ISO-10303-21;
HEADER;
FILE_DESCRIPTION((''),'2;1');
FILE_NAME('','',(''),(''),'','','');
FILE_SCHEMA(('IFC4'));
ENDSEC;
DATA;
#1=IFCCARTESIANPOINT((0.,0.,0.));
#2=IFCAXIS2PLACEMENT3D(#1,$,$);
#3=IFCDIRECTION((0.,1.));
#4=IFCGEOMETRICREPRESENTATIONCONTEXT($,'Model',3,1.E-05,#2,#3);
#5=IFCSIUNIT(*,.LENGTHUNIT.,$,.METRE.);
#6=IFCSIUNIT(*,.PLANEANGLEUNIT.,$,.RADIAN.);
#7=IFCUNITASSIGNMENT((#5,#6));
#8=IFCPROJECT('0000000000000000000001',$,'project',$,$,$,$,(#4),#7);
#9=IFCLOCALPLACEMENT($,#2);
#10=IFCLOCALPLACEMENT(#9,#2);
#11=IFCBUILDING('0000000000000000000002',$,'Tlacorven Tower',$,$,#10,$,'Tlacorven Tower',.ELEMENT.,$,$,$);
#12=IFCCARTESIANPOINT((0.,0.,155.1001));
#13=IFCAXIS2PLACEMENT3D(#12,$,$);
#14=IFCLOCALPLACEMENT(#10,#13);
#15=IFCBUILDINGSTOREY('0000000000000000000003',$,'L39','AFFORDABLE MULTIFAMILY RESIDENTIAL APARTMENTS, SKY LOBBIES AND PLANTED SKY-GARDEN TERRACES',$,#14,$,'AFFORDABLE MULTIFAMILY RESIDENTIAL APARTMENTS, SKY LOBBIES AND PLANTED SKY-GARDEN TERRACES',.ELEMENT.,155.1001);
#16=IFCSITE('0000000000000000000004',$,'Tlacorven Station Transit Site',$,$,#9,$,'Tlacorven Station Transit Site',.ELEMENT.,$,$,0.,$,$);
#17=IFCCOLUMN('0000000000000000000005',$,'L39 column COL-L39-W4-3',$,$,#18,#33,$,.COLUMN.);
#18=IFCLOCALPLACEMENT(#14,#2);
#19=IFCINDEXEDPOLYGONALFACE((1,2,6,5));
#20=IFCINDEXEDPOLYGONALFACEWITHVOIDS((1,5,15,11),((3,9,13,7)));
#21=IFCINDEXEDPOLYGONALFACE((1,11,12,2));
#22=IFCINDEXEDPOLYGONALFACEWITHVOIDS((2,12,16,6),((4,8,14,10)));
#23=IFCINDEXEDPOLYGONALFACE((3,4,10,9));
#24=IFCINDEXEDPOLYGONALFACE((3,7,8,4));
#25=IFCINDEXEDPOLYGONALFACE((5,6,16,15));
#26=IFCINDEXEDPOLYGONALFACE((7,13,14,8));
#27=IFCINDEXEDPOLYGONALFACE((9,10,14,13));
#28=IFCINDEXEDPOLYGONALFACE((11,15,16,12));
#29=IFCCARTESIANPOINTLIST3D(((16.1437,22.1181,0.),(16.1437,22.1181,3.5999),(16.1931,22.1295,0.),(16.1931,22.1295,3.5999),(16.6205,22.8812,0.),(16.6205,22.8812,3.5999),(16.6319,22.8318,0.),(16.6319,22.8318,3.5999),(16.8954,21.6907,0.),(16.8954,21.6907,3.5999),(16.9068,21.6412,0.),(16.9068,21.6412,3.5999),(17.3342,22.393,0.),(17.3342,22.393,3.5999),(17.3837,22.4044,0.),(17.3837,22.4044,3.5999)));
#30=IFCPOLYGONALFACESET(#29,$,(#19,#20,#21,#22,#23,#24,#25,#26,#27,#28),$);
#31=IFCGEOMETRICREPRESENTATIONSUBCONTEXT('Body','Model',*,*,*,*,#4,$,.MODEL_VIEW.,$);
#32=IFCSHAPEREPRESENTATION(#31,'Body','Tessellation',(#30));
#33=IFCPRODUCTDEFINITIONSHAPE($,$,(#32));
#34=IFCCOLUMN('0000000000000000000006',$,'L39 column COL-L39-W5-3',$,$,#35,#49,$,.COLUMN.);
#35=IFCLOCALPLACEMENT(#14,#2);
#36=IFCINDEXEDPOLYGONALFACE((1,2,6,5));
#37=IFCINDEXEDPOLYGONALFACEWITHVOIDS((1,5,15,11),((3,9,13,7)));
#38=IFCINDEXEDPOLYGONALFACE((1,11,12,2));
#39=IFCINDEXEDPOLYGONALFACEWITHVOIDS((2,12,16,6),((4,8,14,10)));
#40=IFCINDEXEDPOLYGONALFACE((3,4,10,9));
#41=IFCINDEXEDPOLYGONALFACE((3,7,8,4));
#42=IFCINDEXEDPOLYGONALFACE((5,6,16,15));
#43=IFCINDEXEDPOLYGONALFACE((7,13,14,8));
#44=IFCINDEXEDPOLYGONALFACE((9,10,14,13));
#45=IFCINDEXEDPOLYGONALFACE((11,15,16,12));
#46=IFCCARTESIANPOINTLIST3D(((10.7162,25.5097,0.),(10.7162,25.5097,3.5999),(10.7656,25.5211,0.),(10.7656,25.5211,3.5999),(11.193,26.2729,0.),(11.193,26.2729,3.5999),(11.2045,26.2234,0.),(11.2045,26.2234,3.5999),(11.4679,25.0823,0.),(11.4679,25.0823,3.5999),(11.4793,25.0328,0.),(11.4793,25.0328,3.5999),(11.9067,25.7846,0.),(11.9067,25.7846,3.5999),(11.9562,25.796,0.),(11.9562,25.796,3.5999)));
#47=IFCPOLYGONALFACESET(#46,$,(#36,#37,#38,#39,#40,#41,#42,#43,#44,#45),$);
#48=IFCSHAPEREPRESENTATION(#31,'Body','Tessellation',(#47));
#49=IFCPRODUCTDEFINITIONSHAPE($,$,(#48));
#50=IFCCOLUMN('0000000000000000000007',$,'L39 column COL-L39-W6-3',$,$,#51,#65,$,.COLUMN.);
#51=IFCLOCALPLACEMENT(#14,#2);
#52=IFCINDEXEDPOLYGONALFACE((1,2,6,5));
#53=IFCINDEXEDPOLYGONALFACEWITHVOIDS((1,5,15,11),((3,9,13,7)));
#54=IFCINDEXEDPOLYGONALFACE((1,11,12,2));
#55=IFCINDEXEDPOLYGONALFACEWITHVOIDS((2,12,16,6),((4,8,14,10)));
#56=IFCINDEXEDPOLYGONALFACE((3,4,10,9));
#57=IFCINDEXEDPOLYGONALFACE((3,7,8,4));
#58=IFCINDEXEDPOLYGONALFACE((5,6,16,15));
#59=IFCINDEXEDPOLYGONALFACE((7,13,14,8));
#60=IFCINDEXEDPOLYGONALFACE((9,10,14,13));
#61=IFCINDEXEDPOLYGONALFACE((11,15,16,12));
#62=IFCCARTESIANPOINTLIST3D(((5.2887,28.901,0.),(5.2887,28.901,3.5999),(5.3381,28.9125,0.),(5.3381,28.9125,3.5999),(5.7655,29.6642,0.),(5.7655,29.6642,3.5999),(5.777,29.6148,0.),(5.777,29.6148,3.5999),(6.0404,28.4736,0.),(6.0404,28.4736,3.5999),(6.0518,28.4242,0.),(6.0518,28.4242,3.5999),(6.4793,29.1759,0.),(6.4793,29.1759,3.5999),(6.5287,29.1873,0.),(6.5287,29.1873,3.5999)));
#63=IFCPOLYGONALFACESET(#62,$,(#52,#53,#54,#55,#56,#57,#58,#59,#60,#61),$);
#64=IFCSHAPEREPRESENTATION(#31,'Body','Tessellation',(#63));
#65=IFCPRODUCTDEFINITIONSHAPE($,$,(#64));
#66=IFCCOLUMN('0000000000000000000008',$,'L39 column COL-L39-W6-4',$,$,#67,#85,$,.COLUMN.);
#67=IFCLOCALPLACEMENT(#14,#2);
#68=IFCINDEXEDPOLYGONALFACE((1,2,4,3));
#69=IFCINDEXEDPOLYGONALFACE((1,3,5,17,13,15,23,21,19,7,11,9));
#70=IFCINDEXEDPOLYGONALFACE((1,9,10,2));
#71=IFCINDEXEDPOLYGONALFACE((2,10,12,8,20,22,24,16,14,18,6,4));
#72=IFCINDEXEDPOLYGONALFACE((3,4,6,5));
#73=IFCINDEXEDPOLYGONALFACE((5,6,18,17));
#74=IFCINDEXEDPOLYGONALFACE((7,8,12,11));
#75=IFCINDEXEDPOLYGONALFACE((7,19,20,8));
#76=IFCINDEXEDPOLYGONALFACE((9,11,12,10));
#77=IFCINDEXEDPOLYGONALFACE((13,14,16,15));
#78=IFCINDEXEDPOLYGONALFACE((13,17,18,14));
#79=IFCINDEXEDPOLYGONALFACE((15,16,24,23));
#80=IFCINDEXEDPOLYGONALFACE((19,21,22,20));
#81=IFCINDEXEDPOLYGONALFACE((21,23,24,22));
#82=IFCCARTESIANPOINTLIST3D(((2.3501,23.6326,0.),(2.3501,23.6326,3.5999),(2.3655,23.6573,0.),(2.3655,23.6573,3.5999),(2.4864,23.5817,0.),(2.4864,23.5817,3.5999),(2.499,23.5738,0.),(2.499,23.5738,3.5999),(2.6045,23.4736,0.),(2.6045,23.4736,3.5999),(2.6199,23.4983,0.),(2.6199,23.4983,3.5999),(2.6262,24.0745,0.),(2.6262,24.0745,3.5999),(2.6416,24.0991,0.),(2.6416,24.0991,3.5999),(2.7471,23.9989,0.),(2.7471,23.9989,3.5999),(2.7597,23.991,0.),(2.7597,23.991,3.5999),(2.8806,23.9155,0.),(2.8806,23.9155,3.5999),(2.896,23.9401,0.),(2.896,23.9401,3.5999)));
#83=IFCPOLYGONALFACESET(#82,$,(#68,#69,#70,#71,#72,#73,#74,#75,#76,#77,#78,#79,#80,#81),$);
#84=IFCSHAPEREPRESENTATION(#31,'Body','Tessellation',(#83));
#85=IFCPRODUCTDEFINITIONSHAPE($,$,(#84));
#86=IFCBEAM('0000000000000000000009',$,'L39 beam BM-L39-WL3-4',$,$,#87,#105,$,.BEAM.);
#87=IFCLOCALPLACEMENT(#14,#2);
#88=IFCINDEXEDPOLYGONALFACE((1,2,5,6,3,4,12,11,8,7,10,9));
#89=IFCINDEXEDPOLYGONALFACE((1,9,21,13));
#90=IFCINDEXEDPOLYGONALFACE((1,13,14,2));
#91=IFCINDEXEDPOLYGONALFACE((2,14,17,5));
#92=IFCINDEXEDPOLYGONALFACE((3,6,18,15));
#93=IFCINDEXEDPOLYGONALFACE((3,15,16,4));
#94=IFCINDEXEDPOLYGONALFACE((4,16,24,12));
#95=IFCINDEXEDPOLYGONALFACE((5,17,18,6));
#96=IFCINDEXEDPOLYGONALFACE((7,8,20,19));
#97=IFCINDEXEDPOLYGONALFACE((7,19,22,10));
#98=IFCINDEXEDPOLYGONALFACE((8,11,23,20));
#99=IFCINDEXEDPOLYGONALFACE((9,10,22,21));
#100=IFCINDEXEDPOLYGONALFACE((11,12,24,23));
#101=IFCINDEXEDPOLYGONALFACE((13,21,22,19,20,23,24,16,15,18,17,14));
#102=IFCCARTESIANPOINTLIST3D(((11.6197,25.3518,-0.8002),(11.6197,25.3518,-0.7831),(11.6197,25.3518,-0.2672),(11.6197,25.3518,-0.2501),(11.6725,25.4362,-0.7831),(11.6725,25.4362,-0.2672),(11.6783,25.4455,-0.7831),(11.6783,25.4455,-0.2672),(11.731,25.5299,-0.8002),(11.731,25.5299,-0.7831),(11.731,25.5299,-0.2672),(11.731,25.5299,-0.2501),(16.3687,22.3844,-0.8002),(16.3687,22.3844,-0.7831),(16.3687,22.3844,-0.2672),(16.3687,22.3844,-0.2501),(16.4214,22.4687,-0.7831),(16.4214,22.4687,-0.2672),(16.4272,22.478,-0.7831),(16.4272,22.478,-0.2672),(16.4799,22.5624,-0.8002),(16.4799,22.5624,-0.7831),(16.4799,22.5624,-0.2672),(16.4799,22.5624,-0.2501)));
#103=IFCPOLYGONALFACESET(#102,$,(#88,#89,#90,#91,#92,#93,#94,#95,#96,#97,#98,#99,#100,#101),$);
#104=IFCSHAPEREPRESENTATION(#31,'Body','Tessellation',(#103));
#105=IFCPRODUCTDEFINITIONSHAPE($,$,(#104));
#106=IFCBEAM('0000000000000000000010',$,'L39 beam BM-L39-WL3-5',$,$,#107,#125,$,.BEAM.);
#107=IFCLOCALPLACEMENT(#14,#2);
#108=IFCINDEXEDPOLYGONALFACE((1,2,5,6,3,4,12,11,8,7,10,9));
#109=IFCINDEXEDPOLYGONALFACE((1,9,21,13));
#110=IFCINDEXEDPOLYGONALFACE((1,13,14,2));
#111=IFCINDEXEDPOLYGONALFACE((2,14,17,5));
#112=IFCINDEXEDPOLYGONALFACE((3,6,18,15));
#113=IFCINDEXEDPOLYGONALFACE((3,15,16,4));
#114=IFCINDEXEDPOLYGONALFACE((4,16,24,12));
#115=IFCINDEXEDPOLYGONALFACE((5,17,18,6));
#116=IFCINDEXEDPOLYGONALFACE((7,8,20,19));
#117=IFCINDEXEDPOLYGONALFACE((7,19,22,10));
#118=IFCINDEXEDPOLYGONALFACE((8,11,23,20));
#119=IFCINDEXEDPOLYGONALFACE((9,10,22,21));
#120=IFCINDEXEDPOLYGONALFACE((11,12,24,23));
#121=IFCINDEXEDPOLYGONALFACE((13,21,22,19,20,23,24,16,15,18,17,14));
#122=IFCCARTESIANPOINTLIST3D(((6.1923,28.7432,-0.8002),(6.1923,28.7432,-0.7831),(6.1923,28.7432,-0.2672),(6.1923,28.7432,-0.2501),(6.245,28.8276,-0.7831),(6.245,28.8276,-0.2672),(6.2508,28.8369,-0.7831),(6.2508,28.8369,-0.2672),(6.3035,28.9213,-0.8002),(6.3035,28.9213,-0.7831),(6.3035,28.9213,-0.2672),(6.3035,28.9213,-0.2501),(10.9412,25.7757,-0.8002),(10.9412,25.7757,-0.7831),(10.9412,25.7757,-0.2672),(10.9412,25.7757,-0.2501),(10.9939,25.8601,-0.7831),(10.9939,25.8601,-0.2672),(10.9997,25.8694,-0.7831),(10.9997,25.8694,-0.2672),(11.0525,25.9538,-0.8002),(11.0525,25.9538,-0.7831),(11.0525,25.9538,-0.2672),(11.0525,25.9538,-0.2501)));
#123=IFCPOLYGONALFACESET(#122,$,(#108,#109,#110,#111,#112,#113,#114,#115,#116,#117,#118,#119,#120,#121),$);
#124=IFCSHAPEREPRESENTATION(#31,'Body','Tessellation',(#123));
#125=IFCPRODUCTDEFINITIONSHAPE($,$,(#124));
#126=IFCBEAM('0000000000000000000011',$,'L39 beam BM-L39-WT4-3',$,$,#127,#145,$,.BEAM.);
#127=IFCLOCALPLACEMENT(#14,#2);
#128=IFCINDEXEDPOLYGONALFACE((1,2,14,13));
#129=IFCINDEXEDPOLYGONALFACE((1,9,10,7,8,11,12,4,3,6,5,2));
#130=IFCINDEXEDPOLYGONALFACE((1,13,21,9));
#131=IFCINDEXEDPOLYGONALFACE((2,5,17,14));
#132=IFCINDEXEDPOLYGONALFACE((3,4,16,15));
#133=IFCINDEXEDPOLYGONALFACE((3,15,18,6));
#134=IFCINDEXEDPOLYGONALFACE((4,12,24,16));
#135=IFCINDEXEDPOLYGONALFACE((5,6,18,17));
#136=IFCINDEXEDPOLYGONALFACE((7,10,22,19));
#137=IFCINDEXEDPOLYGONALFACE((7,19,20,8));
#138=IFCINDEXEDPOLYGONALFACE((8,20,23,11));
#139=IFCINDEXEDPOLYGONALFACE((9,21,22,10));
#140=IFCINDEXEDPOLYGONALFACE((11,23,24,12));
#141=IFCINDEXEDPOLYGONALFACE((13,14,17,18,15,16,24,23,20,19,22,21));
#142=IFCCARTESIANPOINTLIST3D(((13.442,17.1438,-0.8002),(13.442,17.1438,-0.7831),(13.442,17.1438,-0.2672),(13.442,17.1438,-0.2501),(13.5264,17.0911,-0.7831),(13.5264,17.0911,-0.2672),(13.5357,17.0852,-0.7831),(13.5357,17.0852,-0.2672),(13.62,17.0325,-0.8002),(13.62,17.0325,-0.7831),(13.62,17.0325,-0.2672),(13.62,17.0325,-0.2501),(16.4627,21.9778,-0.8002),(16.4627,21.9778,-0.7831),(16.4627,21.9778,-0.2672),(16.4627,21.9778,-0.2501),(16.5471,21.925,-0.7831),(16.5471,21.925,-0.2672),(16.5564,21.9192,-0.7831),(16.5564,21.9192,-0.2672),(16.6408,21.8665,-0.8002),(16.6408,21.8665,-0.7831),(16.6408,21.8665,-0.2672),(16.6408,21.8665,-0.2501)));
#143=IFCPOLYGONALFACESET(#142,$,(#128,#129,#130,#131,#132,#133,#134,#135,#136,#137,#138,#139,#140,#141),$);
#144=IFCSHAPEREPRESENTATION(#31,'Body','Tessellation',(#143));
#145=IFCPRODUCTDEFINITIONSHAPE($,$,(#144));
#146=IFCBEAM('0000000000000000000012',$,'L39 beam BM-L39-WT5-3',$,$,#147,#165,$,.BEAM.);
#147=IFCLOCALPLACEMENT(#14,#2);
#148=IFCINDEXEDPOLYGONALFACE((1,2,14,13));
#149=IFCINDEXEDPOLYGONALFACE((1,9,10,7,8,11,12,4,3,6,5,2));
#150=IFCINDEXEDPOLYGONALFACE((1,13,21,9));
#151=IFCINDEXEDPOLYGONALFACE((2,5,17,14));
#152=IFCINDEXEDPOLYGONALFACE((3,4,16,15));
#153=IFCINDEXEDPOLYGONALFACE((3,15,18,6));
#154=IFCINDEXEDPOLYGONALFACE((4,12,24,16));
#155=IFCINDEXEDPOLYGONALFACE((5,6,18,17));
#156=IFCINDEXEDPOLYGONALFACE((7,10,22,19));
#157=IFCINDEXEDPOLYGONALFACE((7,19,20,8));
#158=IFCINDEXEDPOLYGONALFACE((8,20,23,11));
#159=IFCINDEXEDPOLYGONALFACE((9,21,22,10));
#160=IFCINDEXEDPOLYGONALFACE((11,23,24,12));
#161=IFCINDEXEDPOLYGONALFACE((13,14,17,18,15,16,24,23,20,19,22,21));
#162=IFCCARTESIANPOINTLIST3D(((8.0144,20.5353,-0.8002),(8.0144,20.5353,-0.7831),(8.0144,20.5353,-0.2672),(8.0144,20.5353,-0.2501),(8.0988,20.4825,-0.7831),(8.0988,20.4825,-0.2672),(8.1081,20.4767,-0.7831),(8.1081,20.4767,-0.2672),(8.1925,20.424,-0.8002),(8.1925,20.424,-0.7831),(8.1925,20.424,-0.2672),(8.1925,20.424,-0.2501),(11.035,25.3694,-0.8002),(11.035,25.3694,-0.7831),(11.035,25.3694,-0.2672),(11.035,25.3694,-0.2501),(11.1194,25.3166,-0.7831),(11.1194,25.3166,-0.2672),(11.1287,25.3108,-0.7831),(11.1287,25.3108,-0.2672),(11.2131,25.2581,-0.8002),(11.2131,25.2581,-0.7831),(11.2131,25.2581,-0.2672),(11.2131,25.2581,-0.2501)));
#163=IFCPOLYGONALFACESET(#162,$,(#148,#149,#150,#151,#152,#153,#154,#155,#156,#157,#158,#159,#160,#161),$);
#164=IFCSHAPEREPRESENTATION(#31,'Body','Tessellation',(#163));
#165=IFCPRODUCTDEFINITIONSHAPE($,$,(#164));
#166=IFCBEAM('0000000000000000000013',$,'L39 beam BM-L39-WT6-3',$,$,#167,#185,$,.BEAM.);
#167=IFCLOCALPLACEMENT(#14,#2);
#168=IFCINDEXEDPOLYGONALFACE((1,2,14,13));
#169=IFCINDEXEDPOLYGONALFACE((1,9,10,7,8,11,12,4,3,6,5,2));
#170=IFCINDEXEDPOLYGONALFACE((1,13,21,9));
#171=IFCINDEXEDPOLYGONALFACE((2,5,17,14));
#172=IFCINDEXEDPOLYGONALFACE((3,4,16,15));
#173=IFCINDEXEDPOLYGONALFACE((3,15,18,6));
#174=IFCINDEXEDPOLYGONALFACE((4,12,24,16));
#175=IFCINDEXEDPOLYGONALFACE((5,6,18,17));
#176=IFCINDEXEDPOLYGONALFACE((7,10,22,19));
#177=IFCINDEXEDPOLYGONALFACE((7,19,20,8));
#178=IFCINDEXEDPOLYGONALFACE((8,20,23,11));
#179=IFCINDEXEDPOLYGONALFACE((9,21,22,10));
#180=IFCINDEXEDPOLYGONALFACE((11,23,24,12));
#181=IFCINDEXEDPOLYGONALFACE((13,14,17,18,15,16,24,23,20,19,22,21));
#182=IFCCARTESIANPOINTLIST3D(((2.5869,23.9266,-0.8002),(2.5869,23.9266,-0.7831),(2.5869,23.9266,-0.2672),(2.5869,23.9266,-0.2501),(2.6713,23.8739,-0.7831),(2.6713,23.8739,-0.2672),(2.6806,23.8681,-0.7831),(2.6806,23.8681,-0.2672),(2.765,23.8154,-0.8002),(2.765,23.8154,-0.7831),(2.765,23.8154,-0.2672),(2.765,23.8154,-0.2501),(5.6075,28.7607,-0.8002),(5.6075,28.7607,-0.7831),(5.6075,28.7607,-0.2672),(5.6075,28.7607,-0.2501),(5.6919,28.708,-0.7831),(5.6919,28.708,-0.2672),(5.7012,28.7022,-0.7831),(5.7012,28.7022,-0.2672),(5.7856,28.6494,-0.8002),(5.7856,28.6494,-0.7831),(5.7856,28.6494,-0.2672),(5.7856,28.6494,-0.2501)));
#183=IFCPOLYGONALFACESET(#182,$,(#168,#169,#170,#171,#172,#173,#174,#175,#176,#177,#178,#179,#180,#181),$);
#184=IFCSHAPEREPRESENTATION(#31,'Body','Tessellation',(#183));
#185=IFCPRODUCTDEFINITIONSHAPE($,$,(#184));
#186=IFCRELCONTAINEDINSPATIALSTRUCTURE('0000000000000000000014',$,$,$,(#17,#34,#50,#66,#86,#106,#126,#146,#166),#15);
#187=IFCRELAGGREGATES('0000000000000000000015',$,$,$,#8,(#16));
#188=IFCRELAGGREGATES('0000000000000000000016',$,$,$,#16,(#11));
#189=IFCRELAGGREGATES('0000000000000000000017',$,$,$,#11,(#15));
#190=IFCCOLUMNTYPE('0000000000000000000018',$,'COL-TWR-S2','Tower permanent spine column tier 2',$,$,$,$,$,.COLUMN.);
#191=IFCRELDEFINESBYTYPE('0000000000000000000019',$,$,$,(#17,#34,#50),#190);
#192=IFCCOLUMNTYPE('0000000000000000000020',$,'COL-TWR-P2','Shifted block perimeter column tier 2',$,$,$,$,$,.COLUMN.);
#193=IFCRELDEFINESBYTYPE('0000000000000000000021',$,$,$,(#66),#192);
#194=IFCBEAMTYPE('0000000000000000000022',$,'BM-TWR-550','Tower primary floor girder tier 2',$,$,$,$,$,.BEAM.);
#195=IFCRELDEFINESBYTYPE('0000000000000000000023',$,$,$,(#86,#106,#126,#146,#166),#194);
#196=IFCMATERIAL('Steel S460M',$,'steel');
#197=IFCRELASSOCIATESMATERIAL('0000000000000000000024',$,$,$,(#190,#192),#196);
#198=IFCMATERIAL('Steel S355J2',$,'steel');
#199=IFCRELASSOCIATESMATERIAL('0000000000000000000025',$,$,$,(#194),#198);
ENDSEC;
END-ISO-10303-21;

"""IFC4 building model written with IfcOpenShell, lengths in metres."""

from ifc_helpers import new_model, si_unit, direction, frame, origin, origin_2d, place, context, subcontext, project, spatial, hollow_rectangle, i_section, extrude, source, transform, mapped, material, material_profile, profile_set, type_object, element, save


model = new_model("IFC4")

# Units and contexts
model_context = context("Model", 3, precision=1e-05, world=origin(), true_north=direction((0.0, 1.0)))
body_context = subcontext(model_context, "Body", "Model", "MODEL_VIEW")
ifc_project = project(units=[si_unit("LENGTHUNIT", "METRE"), si_unit("PLANEANGLEUNIT", "RADIAN")], contexts=[model_context])

# Site, building, storey
site_placement = place(None, origin())
site = spatial("IfcSite", under=ifc_project, at=site_placement, Name="Tlacorven Station Transit Site", LongName="Tlacorven Station Transit Site", CompositionType="ELEMENT", RefElevation=0.0)
building_placement = place(site_placement, origin())
building = spatial("IfcBuilding", under=site, at=building_placement, Name="Tlacorven Tower", LongName="Tlacorven Tower", CompositionType="ELEMENT")
storey_placement = place(building_placement, frame((0.0, 0.0, 155.1001)))
storey = spatial("IfcBuildingStorey", under=building, at=storey_placement, Name="L39", Description="AFFORDABLE MULTIFAMILY RESIDENTIAL APARTMENTS, SKY LOBBIES AND PLANTED SKY-GARDEN TERRACES", LongName="AFFORDABLE MULTIFAMILY RESIDENTIAL APARTMENTS, SKY LOBBIES AND PLANTED SKY-GARDEN TERRACES", CompositionType="ELEMENT", Elevation=155.1001)

# Columns
ifc_material_1 = material(Name="Steel S460M", Category="steel")
ifc_material_profile_1 = material_profile(ifc_material_1, hollow_rectangle(XDim=0.8999, YDim=0.8999, WallThickness=0.0359, at=origin_2d()), Name="BOX 900X900X36")
ifc_profile_set_1 = profile_set([ifc_material_profile_1], Name="Steel S460M")
column_type_1 = type_object("IfcColumnType", Name="COL-TWR-S2", Description="Tower permanent spine column tier 2", PredefinedType="COLUMN", material=ifc_profile_set_1)
shared_shape_1 = source(origin(), body_context, "Body", "SweptSolid", [
    extrude(hollow_rectangle(XDim=0.8999, YDim=0.8999, WallThickness=0.0359, at=origin_2d()), origin(), (0.0, 0.0, 1.0), 3.5999),
])
for number, where, z_axis, x_axis, name in (
    (1, (16.7637, 22.2612, 0.0), (0.0, 0.0, 1.0), (-0.848048, 0.529919, 0.0), "L39 column COL-L39-W4-3"),
    (2, (11.3362, 25.6528, 0.0), (0.0, 0.0, 1.0), (-0.848048, 0.529919, 0.0), "L39 column COL-L39-W5-3"),
    (3, (5.9087, 29.0442, 0.0), (0.0, 0.0, 1.0), (-0.848048, 0.529919, 0.0), "L39 column COL-L39-W6-3"),
):
    element("IfcColumn", number, at=place(storey_placement, frame(where, z_axis=z_axis, x_axis=x_axis)), inside=storey, type_object=column_type_1, Name=name, PredefinedType="COLUMN", context=body_context, shape_type="MappedRepresentation", body=[
        mapped(shared_shape_1, transform((0.0, 0.0, 0.0), scale=1.0)),
    ])
ifc_material_profile_2 = material_profile(ifc_material_1, i_section(OverallWidth=0.3, OverallDepth=0.55, WebThickness=0.0149, FlangeThickness=0.0291, at=origin_2d()), Name="HEB 550")
ifc_profile_set_2 = profile_set([ifc_material_profile_2], Name="Steel S460M")
column_type_2 = type_object("IfcColumnType", Name="COL-TWR-P2", Description="Shifted block perimeter column tier 2", PredefinedType="COLUMN", material=ifc_profile_set_2)
shared_shape_2 = source(origin(), body_context, "Body", "SweptSolid", [
    extrude(i_section(OverallWidth=0.3, OverallDepth=0.55, WebThickness=0.0149, FlangeThickness=0.0291, at=origin_2d()), origin(), (0.0, 0.0, 1.0), 3.5999),
])
column_placement = place(storey_placement, frame((2.623, 23.7864, 0.0), z_axis=(0.0, 0.0, 1.0), x_axis=(-0.848048, 0.529919, 0.0)))
element("IfcColumn", 4, at=column_placement, inside=storey, type_object=column_type_2, Name="L39 column COL-L39-W6-4", PredefinedType="COLUMN", context=body_context, shape_type="MappedRepresentation", body=[
    mapped(shared_shape_2, transform((0.0, 0.0, 0.0), scale=1.0)),
])

# Beams
ifc_material_2 = material(Name="Steel S355J2", Category="steel")
ifc_material_profile_3 = material_profile(ifc_material_2, i_section(OverallWidth=0.21, OverallDepth=0.55, WebThickness=0.011, FlangeThickness=0.0171, at=origin_2d()), Name="IPE 550")
ifc_profile_set_3 = profile_set([ifc_material_profile_3], Name="Steel S355J2")
beam_type_1 = type_object("IfcBeamType", Name="BM-TWR-550", Description="Tower primary floor girder tier 2", PredefinedType="BEAM", material=ifc_profile_set_3)
shared_shape_3 = source(origin(), body_context, "Body", "SweptSolid", [
    extrude(i_section(OverallWidth=0.21, OverallDepth=0.55, WebThickness=0.011, FlangeThickness=0.0171, at=origin_2d()), origin(), (0.0, 0.0, 1.0), 5.5999),
])
for number, where, z_axis, x_axis, name in (
    (5, (16.4243, 22.4734, -0.5251), (-0.848047, 0.529921, 0.0), (-0.529921, -0.848047, 0.0), "L39 beam BM-L39-WL3-4"),
    (6, (10.9968, 25.8647, -0.5251), (-0.848047, 0.529921, 0.0), (-0.529921, -0.848047, 0.0), "L39 beam BM-L39-WL3-5"),
):
    element("IfcBeam", number, at=place(storey_placement, frame(where, z_axis=z_axis, x_axis=x_axis)), inside=storey, type_object=beam_type_1, Name=name, PredefinedType="BEAM", context=body_context, shape_type="MappedRepresentation", body=[
        mapped(shared_shape_3, transform((0.0, 0.0, 0.0), scale=1.0)),
    ])
shared_shape_4 = source(origin(), body_context, "Body", "SweptSolid", [
    extrude(i_section(OverallWidth=0.21, OverallDepth=0.55, WebThickness=0.011, FlangeThickness=0.0171, at=origin_2d()), origin(), (0.0, 0.0, 1.0), 5.7002),
])
for number, where, z_axis, x_axis, name in (
    (7, (16.5518, 21.9221, -0.5251), (-0.529937, -0.848037, 0.0), (0.848037, -0.529937, 0.0), "L39 beam BM-L39-WT4-3"),
    (8, (11.124, 25.3137, -0.5251), (-0.529907, -0.848056, 0.0), (0.848056, -0.529907, 0.0), "L39 beam BM-L39-WT5-3"),
    (9, (5.6965, 28.7051, -0.5251), (-0.529907, -0.848056, 0.0), (0.848056, -0.529907, 0.0), "L39 beam BM-L39-WT6-3"),
):
    element("IfcBeam", number, at=place(storey_placement, frame(where, z_axis=z_axis, x_axis=x_axis)), inside=storey, type_object=beam_type_1, Name=name, PredefinedType="BEAM", context=body_context, shape_type="MappedRepresentation", body=[
        mapped(shared_shape_4, transform((0.0, 0.0, 0.0), scale=1.0)),
    ])

save(model, "model.ifc")
